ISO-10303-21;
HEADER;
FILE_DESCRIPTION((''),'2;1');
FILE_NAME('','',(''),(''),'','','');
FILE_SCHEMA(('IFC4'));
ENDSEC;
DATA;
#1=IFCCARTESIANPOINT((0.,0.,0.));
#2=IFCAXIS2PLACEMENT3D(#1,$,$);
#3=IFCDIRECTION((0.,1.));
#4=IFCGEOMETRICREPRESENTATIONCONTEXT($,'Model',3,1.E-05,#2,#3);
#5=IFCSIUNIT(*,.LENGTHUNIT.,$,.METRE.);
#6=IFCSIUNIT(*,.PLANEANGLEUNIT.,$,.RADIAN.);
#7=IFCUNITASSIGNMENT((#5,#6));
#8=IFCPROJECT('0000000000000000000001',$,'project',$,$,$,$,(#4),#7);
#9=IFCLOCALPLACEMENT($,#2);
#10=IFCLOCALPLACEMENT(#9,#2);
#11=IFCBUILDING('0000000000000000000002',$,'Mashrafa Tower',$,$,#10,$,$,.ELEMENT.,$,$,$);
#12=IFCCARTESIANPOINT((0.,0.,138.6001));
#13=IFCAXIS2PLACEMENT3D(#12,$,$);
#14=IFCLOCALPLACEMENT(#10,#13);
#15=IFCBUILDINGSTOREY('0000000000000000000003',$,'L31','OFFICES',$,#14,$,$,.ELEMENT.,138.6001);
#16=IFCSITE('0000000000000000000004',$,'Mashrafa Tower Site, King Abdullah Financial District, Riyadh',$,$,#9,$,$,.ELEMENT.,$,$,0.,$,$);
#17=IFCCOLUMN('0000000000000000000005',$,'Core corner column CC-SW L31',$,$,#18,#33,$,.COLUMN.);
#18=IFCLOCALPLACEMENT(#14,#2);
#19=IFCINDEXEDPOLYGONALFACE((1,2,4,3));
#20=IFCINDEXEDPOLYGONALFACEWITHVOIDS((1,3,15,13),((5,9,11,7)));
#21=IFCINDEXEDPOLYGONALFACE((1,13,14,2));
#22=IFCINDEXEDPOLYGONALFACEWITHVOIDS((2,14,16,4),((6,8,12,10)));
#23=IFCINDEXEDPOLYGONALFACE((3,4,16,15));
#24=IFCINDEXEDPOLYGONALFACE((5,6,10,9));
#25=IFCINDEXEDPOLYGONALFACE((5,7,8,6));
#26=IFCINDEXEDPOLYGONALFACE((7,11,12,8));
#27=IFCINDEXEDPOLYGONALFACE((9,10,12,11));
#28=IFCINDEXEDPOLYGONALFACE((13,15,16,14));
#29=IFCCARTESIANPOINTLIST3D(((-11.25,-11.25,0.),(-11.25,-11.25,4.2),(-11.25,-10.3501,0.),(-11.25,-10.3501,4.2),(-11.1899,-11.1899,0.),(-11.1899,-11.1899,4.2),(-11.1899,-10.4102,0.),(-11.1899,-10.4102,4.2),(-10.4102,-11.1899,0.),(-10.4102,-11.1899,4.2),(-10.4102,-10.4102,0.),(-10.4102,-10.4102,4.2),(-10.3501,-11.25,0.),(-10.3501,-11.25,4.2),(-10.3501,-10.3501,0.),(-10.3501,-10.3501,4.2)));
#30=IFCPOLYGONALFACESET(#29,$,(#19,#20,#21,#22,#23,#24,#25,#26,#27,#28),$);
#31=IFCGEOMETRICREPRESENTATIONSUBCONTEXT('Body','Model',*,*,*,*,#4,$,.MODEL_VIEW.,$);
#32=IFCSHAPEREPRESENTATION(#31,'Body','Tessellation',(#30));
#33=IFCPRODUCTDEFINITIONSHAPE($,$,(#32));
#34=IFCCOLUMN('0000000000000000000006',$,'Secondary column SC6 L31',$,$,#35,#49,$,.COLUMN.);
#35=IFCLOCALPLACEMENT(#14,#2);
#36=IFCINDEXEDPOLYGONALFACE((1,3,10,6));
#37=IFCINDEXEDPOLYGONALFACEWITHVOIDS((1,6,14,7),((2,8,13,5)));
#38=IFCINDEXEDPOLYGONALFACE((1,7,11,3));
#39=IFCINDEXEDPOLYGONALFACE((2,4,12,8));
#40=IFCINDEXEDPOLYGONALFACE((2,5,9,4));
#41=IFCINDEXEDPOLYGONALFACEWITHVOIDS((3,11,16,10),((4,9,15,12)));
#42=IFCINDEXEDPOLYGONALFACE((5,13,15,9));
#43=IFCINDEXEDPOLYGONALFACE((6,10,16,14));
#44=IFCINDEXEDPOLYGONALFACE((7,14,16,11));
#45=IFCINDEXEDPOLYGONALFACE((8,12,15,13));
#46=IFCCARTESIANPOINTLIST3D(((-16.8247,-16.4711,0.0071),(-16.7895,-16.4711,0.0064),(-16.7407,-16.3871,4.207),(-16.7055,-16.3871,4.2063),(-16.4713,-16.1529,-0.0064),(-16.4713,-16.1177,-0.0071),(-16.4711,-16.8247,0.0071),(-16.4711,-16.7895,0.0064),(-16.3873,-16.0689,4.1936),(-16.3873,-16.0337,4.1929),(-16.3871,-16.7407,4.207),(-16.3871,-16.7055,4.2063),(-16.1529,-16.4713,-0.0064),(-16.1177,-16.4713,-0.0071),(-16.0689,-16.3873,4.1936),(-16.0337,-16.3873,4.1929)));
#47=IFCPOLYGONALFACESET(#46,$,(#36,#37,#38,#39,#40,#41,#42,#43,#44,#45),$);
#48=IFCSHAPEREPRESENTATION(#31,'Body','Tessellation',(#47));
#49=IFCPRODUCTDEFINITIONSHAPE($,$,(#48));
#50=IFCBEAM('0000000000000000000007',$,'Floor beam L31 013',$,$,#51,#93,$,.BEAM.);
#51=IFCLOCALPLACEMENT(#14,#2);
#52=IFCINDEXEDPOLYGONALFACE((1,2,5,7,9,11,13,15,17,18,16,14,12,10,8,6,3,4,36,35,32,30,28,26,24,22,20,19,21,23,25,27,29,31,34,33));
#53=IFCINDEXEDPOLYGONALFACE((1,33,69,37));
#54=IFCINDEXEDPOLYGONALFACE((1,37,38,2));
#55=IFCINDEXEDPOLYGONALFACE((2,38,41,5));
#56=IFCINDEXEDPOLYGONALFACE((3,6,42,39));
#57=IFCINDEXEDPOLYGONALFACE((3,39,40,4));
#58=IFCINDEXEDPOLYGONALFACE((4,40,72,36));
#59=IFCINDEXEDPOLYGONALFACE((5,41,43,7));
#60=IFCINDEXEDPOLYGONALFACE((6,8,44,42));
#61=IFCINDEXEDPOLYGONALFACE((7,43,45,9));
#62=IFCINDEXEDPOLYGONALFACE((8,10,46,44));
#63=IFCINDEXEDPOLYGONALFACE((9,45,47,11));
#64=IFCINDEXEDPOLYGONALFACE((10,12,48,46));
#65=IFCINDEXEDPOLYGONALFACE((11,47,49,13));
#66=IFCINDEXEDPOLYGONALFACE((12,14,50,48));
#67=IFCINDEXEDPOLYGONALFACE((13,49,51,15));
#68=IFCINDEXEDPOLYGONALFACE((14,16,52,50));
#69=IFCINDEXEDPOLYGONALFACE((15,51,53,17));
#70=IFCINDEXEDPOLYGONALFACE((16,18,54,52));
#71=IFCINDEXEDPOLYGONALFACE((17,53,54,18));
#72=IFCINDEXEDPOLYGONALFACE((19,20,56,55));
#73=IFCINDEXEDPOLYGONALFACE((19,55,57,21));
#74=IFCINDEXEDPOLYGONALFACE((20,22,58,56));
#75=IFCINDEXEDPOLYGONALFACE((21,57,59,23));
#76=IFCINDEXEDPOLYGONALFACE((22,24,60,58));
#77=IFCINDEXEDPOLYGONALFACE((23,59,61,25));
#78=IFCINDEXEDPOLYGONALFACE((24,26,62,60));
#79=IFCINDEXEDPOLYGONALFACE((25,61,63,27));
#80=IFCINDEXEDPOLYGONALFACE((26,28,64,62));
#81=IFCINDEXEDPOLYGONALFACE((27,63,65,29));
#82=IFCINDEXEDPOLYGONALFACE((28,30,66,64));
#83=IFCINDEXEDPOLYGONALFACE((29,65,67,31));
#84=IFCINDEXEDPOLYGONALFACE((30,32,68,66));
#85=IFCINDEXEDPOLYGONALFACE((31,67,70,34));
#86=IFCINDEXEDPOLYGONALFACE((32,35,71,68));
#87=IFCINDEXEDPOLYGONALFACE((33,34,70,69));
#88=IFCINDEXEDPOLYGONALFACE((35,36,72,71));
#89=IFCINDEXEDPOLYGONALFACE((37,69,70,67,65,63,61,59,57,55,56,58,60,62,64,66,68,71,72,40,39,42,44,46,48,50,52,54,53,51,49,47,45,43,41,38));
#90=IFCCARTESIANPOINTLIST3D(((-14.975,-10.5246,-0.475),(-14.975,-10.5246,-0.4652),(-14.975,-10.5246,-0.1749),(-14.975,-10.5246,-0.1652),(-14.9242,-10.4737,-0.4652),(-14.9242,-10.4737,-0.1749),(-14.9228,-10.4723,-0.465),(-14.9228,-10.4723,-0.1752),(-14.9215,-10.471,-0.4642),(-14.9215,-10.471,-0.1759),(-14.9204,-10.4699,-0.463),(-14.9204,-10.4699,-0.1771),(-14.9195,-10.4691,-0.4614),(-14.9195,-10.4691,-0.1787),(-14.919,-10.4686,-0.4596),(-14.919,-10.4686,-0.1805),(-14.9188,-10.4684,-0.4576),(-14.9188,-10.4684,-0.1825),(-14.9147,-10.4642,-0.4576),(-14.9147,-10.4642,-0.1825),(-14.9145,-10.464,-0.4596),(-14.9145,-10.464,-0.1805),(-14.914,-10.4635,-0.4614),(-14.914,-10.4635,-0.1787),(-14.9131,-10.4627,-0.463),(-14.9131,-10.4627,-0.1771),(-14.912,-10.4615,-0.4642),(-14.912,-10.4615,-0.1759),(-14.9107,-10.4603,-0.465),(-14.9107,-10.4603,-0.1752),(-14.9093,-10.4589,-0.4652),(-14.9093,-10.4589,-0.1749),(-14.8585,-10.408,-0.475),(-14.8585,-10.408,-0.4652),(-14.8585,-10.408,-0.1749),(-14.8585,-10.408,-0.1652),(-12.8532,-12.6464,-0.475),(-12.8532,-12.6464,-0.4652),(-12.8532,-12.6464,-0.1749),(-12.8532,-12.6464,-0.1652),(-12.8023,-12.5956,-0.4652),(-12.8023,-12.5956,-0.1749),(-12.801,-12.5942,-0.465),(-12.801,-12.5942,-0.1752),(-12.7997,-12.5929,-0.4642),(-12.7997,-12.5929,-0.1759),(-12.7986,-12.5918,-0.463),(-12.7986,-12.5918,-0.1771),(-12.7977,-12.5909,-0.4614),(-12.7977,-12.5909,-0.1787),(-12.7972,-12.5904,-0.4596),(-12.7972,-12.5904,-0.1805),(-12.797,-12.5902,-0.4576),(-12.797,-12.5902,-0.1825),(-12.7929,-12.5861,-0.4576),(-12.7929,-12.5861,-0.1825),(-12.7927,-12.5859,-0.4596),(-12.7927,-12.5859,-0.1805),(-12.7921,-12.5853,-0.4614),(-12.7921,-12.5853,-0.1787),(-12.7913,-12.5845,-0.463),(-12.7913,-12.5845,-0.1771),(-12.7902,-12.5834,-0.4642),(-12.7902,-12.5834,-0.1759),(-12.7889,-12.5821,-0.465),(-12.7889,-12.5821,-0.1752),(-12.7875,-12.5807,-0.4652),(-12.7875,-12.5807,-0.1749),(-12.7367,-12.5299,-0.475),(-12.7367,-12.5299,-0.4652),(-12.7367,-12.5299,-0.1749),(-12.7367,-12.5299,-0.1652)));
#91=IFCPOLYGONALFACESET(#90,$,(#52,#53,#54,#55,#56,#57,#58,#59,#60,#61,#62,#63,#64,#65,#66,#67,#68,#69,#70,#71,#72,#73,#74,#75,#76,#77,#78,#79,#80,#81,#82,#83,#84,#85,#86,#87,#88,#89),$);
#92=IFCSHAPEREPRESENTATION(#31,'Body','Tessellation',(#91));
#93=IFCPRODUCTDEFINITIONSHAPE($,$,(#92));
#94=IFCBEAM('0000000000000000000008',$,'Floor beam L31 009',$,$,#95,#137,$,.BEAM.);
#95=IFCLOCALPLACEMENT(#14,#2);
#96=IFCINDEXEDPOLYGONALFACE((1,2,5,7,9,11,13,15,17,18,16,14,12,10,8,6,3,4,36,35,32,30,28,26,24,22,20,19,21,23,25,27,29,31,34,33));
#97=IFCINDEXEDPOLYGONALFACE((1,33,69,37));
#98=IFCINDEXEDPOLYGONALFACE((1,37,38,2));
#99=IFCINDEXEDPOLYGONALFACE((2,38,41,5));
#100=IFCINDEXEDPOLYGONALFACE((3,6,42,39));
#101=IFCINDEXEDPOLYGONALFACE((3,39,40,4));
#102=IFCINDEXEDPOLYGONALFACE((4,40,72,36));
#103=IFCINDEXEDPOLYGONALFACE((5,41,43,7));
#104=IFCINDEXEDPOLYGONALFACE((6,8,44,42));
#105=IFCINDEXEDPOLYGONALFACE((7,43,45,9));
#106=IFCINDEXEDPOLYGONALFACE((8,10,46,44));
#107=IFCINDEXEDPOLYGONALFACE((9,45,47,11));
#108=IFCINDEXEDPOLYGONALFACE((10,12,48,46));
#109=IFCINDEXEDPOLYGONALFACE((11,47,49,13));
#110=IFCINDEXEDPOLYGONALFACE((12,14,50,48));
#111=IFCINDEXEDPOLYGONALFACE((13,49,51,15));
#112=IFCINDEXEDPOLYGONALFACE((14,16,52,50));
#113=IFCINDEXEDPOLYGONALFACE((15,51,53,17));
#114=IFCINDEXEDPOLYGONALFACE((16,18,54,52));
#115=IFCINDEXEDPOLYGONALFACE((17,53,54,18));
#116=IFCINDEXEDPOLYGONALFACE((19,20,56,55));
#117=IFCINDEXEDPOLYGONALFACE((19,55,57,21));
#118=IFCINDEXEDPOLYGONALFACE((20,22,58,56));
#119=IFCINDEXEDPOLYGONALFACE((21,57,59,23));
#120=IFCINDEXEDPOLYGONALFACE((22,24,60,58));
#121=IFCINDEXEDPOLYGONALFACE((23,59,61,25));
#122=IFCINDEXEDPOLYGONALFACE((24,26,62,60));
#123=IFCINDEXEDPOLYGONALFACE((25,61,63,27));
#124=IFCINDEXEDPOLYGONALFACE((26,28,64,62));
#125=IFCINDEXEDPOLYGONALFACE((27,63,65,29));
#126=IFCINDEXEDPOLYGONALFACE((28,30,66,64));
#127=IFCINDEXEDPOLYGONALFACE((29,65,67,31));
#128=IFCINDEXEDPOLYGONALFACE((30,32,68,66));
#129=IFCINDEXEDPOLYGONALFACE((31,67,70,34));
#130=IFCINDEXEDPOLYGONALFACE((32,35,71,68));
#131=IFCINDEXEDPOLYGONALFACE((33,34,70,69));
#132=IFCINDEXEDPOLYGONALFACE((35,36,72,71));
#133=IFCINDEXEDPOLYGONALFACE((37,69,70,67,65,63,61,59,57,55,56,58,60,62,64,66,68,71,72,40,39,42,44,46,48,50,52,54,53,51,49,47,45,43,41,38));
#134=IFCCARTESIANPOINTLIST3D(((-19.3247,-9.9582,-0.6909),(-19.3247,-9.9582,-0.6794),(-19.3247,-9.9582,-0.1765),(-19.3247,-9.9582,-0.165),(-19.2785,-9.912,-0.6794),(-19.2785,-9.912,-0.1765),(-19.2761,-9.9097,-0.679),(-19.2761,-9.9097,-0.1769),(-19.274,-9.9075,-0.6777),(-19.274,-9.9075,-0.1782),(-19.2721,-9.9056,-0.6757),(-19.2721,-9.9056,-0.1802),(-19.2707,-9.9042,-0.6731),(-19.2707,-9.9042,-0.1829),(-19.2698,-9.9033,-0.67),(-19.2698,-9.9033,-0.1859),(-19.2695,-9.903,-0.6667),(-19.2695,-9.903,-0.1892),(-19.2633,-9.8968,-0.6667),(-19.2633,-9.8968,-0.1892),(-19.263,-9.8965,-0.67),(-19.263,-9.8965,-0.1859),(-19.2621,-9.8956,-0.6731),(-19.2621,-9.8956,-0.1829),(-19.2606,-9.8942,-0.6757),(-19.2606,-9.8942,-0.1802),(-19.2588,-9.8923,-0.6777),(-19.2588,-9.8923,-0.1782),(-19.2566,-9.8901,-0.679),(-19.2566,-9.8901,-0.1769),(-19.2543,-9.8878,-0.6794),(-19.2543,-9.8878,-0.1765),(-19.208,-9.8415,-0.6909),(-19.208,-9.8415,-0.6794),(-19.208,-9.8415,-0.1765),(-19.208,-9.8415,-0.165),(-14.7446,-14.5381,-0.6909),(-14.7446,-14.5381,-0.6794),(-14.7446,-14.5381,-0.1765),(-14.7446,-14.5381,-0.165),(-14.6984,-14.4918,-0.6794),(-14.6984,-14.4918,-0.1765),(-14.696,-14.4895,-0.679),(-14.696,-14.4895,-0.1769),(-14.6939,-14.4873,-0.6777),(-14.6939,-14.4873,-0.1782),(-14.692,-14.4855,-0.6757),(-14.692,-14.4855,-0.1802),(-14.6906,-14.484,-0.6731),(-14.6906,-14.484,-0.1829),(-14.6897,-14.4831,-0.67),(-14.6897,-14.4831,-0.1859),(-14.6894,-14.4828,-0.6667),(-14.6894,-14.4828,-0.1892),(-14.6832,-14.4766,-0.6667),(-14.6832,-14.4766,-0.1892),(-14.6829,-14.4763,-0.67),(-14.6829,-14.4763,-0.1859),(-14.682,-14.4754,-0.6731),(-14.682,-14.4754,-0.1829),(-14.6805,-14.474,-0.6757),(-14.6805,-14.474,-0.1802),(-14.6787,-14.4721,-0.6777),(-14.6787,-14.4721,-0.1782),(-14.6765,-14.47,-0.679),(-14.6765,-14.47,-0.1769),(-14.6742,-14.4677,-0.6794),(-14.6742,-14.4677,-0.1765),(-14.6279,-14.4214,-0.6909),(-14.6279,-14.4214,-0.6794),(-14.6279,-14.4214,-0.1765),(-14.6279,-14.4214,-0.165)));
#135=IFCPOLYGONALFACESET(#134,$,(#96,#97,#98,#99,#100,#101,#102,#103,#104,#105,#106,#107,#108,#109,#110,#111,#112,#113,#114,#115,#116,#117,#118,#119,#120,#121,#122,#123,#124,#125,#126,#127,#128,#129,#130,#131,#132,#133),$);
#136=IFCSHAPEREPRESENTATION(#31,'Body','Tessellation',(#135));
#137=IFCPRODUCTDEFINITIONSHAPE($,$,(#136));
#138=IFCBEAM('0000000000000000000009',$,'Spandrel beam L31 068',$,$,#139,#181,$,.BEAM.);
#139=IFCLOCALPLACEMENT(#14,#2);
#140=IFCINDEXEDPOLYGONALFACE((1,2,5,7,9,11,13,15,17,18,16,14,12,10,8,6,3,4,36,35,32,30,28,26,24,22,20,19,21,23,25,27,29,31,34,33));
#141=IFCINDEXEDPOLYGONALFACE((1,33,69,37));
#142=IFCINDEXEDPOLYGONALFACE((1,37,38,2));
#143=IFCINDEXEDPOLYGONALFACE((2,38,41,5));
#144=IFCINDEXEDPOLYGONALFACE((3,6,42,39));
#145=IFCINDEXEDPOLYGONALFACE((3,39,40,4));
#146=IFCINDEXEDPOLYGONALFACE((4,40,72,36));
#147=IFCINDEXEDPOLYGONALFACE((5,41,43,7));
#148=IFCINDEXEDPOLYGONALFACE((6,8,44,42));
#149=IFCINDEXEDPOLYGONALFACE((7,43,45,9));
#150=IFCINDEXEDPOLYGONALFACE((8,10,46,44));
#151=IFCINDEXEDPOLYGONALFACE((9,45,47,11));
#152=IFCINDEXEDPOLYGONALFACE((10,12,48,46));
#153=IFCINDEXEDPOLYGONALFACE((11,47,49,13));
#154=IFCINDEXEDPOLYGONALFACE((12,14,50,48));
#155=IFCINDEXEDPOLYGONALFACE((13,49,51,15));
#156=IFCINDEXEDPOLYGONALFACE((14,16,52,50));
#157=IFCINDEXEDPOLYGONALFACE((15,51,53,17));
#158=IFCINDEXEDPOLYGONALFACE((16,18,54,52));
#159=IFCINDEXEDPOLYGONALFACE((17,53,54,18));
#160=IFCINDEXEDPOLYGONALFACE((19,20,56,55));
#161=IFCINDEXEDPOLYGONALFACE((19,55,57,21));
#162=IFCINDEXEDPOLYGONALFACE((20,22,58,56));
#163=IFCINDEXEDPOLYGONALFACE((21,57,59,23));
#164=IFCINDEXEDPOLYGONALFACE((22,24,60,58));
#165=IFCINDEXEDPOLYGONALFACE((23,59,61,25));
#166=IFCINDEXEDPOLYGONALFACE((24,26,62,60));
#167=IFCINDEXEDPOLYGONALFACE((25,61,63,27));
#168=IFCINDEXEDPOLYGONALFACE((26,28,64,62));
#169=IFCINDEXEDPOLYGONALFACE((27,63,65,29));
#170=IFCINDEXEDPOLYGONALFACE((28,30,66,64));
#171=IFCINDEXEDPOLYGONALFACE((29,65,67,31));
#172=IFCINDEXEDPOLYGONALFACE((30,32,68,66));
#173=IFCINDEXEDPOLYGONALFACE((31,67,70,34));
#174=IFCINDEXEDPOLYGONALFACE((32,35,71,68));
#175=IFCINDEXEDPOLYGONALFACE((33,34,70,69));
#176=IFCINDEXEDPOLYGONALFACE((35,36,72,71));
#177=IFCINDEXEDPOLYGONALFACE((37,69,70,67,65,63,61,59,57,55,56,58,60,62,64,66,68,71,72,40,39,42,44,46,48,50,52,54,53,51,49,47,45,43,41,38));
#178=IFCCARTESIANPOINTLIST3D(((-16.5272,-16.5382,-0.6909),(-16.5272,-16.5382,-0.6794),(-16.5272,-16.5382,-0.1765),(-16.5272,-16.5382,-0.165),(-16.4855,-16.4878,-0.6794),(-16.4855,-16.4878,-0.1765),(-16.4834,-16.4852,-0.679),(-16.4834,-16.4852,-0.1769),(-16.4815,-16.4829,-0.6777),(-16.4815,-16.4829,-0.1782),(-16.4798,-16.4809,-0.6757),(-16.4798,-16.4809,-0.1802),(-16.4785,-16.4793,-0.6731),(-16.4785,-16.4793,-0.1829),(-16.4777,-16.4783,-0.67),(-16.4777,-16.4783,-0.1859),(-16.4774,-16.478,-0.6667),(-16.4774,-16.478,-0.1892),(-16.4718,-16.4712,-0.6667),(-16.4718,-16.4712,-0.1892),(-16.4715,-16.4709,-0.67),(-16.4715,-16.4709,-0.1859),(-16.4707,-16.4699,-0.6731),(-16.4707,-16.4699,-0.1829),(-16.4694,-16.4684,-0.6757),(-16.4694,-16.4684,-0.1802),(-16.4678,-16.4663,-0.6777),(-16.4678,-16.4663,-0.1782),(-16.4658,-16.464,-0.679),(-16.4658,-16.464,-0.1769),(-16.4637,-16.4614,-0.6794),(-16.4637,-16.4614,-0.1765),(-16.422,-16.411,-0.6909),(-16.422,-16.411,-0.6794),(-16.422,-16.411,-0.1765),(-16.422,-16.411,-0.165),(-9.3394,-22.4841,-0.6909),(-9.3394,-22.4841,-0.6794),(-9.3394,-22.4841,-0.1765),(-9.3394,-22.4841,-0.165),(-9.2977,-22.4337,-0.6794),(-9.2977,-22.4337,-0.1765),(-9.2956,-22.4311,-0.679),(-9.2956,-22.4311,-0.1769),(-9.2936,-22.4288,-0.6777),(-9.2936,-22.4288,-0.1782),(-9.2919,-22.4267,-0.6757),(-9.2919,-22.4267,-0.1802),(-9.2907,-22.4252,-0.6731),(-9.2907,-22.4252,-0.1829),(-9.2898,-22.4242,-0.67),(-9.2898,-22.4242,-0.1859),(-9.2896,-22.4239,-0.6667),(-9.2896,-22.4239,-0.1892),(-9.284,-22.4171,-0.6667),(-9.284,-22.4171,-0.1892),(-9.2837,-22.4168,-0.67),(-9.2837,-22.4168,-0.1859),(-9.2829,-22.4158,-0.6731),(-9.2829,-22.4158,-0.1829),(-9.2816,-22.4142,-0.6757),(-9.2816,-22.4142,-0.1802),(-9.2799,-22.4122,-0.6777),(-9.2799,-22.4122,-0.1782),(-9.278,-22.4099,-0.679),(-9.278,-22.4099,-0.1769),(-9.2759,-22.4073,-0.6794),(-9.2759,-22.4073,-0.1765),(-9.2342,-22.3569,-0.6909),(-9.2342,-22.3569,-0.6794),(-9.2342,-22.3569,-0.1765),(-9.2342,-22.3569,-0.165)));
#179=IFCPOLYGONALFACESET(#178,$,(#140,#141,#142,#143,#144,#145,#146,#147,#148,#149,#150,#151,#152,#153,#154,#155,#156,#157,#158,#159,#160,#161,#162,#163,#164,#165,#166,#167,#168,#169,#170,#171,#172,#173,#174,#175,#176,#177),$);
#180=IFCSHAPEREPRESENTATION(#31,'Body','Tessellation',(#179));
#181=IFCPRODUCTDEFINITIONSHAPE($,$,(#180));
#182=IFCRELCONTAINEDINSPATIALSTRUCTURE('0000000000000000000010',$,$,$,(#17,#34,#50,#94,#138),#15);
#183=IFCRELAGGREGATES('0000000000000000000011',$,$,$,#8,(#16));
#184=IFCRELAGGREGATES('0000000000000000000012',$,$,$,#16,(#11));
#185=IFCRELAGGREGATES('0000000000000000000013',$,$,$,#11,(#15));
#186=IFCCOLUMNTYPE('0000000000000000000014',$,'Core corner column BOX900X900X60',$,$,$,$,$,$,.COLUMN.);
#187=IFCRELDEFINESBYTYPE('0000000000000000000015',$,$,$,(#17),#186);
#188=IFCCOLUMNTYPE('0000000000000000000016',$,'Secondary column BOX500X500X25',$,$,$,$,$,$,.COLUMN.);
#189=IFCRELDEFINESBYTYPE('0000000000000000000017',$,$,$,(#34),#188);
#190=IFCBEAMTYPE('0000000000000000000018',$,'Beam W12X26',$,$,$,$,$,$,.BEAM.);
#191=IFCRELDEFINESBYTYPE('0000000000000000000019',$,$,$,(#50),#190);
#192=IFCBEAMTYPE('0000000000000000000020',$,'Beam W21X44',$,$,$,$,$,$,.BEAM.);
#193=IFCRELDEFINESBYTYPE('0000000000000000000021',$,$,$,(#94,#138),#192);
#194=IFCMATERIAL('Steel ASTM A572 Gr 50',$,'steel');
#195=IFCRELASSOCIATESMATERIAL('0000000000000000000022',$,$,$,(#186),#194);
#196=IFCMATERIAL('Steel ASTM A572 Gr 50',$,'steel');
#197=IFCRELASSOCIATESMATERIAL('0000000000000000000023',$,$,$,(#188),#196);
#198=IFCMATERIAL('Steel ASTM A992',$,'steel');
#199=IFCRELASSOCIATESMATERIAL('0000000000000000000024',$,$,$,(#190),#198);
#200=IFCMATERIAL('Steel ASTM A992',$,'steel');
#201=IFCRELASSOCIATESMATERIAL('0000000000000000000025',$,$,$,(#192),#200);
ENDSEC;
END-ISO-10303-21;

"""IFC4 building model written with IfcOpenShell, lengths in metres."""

from ifc_helpers import new_model, si_unit, direction, frame, origin, origin_2d, place, context, subcontext, project, spatial, hollow_rectangle, i_section, extrude, material, material_profile, profile_set, type_object, element, save


model = new_model("IFC4")

# Units and contexts
model_context = context("Model", 3, precision=1e-05, world=origin(), true_north=direction((0.0, 1.0)))
body_context = subcontext(model_context, "Body", "Model", "MODEL_VIEW")
ifc_project = project(units=[si_unit("LENGTHUNIT", "METRE"), si_unit("PLANEANGLEUNIT", "RADIAN")], contexts=[model_context])

# Site, building, storey
site_placement = place(None, origin())
site = spatial("IfcSite", under=ifc_project, at=site_placement, Name="Mashrafa Tower Site, King Abdullah Financial District, Riyadh", CompositionType="ELEMENT", RefElevation=0.0)
building_placement = place(site_placement, origin())
building = spatial("IfcBuilding", under=site, at=building_placement, Name="Mashrafa Tower", CompositionType="ELEMENT")
storey_placement = place(building_placement, frame((0.0, 0.0, 138.6001)))
storey = spatial("IfcBuildingStorey", under=building, at=storey_placement, Name="L31", Description="OFFICES", CompositionType="ELEMENT", Elevation=138.6001)

# Columns
ifc_material_1 = material(Name="Steel ASTM A572 Gr 50", Category="steel")
ifc_material_profile_1 = material_profile(ifc_material_1, hollow_rectangle(XDim=0.8999, YDim=0.8999, WallThickness=0.0601, at=origin_2d()), Name="BOX900X900X60")
ifc_profile_set_1 = profile_set([ifc_material_profile_1], Name="Steel ASTM A572 Gr 50")
column_type_1 = type_object("IfcColumnType", Name="Core corner column BOX900X900X60", PredefinedType="COLUMN", material=ifc_profile_set_1)
column_1_placement = place(storey_placement, frame((-10.8, -10.8, 0.0), z_axis=(0.0, 0.0, 1.0), x_axis=(1.0, 0.0, 0.0)))
element("IfcColumn", 1, at=column_1_placement, inside=storey, type_object=column_type_1, Name="Core corner column CC-SW L31", PredefinedType="COLUMN", context=body_context, shape_type="SweptSolid", body=[
    extrude(hollow_rectangle(XDim=0.8999, YDim=0.8999, WallThickness=0.0601, at=origin_2d()), origin(), (0.0, 0.0, 1.0), 4.2),
])
ifc_material_2 = material(Name="Steel ASTM A572 Gr 50", Category="steel")
ifc_material_profile_2 = material_profile(ifc_material_2, hollow_rectangle(XDim=0.5, YDim=0.5, WallThickness=0.0249, at=origin_2d()), Name="BOX500X500X25")
ifc_profile_set_2 = profile_set([ifc_material_profile_2], Name="Steel ASTM A572 Gr 50")
column_type_2 = type_object("IfcColumnType", Name="Secondary column BOX500X500X25", PredefinedType="COLUMN", material=ifc_profile_set_2)
column_2_placement = place(storey_placement, frame((-16.4712, -16.4712, 0.0), z_axis=(0.019989, 0.019989, 0.9996), x_axis=(-0.707107, 0.707107, 0.0)))
element("IfcColumn", 2, at=column_2_placement, inside=storey, type_object=column_type_2, Name="Secondary column SC6 L31", PredefinedType="COLUMN", context=body_context, shape_type="SweptSolid", body=[
    extrude(hollow_rectangle(XDim=0.5, YDim=0.5, WallThickness=0.0249, at=origin_2d()), origin(), (0.0, 0.0, 1.0), 4.2017),
])

# Beams
ifc_material_3 = material(Name="Steel ASTM A992", Category="steel")
ifc_material_profile_3 = material_profile(ifc_material_3, i_section(OverallWidth=0.1648, OverallDepth=0.3098, WebThickness=0.0059, FlangeThickness=0.0098, FilletRadius=0.0076, at=origin_2d()), Name="W12X26")
ifc_profile_set_3 = profile_set([ifc_material_profile_3], Name="Steel ASTM A992")
beam_type_1 = type_object("IfcBeamType", Name="Beam W12X26", PredefinedType="BEAM", material=ifc_profile_set_3)
beam_1_placement = place(storey_placement, frame((-12.7949, -12.5881, -0.3201), z_axis=(-0.707107, 0.707107, 0.0), x_axis=(-0.707107, -0.707107, 0.0)))
element("IfcBeam", 3, at=beam_1_placement, inside=storey, type_object=beam_type_1, Name="Floor beam L31 013", PredefinedType="BEAM", context=body_context, shape_type="SweptSolid", body=[
    extrude(i_section(OverallWidth=0.1648, OverallDepth=0.3098, WebThickness=0.0059, FlangeThickness=0.0098, FilletRadius=0.0076, at=origin_2d()), origin(), (0.0, 0.0, 1.0), 3.0007),
])
ifc_material_4 = material(Name="Steel ASTM A992", Category="steel")
ifc_material_profile_4 = material_profile(ifc_material_4, i_section(OverallWidth=0.165, OverallDepth=0.5259, WebThickness=0.0088, FlangeThickness=0.0115, FilletRadius=0.0127, at=origin_2d()), Name="W21X44")
ifc_profile_set_4 = profile_set([ifc_material_profile_4], Name="Steel ASTM A992")
beam_type_2 = type_object("IfcBeamType", Name="Beam W21X44", PredefinedType="BEAM", material=ifc_profile_set_4)
beam_2_placement = place(storey_placement, frame((-14.6863, -14.4797, -0.428), z_axis=(-0.707126, 0.707088, 0.0), x_axis=(-0.707088, -0.707126, 0.0)))
element("IfcBeam", 4, at=beam_2_placement, inside=storey, type_object=beam_type_2, Name="Floor beam L31 009", PredefinedType="BEAM", context=body_context, shape_type="SweptSolid", body=[
    extrude(i_section(OverallWidth=0.165, OverallDepth=0.5259, WebThickness=0.0088, FlangeThickness=0.0115, FilletRadius=0.0127, at=origin_2d()), origin(), (0.0, 0.0, 1.0), 6.4771),
])
beam_3_placement = place(storey_placement, frame((-16.4746, -16.4746, -0.428), z_axis=(0.770535, -0.637397, 0.0), x_axis=(0.637397, 0.770535, 0.0)))
element("IfcBeam", 5, at=beam_3_placement, inside=storey, type_object=beam_type_2, Name="Spandrel beam L31 068", PredefinedType="BEAM", context=body_context, shape_type="SweptSolid", body=[
    extrude(i_section(OverallWidth=0.165, OverallDepth=0.5259, WebThickness=0.0088, FlangeThickness=0.0115, FilletRadius=0.0127, at=origin_2d()), origin(), (0.0, 0.0, 1.0), 9.3284),
])

save(model, "model.ifc")
